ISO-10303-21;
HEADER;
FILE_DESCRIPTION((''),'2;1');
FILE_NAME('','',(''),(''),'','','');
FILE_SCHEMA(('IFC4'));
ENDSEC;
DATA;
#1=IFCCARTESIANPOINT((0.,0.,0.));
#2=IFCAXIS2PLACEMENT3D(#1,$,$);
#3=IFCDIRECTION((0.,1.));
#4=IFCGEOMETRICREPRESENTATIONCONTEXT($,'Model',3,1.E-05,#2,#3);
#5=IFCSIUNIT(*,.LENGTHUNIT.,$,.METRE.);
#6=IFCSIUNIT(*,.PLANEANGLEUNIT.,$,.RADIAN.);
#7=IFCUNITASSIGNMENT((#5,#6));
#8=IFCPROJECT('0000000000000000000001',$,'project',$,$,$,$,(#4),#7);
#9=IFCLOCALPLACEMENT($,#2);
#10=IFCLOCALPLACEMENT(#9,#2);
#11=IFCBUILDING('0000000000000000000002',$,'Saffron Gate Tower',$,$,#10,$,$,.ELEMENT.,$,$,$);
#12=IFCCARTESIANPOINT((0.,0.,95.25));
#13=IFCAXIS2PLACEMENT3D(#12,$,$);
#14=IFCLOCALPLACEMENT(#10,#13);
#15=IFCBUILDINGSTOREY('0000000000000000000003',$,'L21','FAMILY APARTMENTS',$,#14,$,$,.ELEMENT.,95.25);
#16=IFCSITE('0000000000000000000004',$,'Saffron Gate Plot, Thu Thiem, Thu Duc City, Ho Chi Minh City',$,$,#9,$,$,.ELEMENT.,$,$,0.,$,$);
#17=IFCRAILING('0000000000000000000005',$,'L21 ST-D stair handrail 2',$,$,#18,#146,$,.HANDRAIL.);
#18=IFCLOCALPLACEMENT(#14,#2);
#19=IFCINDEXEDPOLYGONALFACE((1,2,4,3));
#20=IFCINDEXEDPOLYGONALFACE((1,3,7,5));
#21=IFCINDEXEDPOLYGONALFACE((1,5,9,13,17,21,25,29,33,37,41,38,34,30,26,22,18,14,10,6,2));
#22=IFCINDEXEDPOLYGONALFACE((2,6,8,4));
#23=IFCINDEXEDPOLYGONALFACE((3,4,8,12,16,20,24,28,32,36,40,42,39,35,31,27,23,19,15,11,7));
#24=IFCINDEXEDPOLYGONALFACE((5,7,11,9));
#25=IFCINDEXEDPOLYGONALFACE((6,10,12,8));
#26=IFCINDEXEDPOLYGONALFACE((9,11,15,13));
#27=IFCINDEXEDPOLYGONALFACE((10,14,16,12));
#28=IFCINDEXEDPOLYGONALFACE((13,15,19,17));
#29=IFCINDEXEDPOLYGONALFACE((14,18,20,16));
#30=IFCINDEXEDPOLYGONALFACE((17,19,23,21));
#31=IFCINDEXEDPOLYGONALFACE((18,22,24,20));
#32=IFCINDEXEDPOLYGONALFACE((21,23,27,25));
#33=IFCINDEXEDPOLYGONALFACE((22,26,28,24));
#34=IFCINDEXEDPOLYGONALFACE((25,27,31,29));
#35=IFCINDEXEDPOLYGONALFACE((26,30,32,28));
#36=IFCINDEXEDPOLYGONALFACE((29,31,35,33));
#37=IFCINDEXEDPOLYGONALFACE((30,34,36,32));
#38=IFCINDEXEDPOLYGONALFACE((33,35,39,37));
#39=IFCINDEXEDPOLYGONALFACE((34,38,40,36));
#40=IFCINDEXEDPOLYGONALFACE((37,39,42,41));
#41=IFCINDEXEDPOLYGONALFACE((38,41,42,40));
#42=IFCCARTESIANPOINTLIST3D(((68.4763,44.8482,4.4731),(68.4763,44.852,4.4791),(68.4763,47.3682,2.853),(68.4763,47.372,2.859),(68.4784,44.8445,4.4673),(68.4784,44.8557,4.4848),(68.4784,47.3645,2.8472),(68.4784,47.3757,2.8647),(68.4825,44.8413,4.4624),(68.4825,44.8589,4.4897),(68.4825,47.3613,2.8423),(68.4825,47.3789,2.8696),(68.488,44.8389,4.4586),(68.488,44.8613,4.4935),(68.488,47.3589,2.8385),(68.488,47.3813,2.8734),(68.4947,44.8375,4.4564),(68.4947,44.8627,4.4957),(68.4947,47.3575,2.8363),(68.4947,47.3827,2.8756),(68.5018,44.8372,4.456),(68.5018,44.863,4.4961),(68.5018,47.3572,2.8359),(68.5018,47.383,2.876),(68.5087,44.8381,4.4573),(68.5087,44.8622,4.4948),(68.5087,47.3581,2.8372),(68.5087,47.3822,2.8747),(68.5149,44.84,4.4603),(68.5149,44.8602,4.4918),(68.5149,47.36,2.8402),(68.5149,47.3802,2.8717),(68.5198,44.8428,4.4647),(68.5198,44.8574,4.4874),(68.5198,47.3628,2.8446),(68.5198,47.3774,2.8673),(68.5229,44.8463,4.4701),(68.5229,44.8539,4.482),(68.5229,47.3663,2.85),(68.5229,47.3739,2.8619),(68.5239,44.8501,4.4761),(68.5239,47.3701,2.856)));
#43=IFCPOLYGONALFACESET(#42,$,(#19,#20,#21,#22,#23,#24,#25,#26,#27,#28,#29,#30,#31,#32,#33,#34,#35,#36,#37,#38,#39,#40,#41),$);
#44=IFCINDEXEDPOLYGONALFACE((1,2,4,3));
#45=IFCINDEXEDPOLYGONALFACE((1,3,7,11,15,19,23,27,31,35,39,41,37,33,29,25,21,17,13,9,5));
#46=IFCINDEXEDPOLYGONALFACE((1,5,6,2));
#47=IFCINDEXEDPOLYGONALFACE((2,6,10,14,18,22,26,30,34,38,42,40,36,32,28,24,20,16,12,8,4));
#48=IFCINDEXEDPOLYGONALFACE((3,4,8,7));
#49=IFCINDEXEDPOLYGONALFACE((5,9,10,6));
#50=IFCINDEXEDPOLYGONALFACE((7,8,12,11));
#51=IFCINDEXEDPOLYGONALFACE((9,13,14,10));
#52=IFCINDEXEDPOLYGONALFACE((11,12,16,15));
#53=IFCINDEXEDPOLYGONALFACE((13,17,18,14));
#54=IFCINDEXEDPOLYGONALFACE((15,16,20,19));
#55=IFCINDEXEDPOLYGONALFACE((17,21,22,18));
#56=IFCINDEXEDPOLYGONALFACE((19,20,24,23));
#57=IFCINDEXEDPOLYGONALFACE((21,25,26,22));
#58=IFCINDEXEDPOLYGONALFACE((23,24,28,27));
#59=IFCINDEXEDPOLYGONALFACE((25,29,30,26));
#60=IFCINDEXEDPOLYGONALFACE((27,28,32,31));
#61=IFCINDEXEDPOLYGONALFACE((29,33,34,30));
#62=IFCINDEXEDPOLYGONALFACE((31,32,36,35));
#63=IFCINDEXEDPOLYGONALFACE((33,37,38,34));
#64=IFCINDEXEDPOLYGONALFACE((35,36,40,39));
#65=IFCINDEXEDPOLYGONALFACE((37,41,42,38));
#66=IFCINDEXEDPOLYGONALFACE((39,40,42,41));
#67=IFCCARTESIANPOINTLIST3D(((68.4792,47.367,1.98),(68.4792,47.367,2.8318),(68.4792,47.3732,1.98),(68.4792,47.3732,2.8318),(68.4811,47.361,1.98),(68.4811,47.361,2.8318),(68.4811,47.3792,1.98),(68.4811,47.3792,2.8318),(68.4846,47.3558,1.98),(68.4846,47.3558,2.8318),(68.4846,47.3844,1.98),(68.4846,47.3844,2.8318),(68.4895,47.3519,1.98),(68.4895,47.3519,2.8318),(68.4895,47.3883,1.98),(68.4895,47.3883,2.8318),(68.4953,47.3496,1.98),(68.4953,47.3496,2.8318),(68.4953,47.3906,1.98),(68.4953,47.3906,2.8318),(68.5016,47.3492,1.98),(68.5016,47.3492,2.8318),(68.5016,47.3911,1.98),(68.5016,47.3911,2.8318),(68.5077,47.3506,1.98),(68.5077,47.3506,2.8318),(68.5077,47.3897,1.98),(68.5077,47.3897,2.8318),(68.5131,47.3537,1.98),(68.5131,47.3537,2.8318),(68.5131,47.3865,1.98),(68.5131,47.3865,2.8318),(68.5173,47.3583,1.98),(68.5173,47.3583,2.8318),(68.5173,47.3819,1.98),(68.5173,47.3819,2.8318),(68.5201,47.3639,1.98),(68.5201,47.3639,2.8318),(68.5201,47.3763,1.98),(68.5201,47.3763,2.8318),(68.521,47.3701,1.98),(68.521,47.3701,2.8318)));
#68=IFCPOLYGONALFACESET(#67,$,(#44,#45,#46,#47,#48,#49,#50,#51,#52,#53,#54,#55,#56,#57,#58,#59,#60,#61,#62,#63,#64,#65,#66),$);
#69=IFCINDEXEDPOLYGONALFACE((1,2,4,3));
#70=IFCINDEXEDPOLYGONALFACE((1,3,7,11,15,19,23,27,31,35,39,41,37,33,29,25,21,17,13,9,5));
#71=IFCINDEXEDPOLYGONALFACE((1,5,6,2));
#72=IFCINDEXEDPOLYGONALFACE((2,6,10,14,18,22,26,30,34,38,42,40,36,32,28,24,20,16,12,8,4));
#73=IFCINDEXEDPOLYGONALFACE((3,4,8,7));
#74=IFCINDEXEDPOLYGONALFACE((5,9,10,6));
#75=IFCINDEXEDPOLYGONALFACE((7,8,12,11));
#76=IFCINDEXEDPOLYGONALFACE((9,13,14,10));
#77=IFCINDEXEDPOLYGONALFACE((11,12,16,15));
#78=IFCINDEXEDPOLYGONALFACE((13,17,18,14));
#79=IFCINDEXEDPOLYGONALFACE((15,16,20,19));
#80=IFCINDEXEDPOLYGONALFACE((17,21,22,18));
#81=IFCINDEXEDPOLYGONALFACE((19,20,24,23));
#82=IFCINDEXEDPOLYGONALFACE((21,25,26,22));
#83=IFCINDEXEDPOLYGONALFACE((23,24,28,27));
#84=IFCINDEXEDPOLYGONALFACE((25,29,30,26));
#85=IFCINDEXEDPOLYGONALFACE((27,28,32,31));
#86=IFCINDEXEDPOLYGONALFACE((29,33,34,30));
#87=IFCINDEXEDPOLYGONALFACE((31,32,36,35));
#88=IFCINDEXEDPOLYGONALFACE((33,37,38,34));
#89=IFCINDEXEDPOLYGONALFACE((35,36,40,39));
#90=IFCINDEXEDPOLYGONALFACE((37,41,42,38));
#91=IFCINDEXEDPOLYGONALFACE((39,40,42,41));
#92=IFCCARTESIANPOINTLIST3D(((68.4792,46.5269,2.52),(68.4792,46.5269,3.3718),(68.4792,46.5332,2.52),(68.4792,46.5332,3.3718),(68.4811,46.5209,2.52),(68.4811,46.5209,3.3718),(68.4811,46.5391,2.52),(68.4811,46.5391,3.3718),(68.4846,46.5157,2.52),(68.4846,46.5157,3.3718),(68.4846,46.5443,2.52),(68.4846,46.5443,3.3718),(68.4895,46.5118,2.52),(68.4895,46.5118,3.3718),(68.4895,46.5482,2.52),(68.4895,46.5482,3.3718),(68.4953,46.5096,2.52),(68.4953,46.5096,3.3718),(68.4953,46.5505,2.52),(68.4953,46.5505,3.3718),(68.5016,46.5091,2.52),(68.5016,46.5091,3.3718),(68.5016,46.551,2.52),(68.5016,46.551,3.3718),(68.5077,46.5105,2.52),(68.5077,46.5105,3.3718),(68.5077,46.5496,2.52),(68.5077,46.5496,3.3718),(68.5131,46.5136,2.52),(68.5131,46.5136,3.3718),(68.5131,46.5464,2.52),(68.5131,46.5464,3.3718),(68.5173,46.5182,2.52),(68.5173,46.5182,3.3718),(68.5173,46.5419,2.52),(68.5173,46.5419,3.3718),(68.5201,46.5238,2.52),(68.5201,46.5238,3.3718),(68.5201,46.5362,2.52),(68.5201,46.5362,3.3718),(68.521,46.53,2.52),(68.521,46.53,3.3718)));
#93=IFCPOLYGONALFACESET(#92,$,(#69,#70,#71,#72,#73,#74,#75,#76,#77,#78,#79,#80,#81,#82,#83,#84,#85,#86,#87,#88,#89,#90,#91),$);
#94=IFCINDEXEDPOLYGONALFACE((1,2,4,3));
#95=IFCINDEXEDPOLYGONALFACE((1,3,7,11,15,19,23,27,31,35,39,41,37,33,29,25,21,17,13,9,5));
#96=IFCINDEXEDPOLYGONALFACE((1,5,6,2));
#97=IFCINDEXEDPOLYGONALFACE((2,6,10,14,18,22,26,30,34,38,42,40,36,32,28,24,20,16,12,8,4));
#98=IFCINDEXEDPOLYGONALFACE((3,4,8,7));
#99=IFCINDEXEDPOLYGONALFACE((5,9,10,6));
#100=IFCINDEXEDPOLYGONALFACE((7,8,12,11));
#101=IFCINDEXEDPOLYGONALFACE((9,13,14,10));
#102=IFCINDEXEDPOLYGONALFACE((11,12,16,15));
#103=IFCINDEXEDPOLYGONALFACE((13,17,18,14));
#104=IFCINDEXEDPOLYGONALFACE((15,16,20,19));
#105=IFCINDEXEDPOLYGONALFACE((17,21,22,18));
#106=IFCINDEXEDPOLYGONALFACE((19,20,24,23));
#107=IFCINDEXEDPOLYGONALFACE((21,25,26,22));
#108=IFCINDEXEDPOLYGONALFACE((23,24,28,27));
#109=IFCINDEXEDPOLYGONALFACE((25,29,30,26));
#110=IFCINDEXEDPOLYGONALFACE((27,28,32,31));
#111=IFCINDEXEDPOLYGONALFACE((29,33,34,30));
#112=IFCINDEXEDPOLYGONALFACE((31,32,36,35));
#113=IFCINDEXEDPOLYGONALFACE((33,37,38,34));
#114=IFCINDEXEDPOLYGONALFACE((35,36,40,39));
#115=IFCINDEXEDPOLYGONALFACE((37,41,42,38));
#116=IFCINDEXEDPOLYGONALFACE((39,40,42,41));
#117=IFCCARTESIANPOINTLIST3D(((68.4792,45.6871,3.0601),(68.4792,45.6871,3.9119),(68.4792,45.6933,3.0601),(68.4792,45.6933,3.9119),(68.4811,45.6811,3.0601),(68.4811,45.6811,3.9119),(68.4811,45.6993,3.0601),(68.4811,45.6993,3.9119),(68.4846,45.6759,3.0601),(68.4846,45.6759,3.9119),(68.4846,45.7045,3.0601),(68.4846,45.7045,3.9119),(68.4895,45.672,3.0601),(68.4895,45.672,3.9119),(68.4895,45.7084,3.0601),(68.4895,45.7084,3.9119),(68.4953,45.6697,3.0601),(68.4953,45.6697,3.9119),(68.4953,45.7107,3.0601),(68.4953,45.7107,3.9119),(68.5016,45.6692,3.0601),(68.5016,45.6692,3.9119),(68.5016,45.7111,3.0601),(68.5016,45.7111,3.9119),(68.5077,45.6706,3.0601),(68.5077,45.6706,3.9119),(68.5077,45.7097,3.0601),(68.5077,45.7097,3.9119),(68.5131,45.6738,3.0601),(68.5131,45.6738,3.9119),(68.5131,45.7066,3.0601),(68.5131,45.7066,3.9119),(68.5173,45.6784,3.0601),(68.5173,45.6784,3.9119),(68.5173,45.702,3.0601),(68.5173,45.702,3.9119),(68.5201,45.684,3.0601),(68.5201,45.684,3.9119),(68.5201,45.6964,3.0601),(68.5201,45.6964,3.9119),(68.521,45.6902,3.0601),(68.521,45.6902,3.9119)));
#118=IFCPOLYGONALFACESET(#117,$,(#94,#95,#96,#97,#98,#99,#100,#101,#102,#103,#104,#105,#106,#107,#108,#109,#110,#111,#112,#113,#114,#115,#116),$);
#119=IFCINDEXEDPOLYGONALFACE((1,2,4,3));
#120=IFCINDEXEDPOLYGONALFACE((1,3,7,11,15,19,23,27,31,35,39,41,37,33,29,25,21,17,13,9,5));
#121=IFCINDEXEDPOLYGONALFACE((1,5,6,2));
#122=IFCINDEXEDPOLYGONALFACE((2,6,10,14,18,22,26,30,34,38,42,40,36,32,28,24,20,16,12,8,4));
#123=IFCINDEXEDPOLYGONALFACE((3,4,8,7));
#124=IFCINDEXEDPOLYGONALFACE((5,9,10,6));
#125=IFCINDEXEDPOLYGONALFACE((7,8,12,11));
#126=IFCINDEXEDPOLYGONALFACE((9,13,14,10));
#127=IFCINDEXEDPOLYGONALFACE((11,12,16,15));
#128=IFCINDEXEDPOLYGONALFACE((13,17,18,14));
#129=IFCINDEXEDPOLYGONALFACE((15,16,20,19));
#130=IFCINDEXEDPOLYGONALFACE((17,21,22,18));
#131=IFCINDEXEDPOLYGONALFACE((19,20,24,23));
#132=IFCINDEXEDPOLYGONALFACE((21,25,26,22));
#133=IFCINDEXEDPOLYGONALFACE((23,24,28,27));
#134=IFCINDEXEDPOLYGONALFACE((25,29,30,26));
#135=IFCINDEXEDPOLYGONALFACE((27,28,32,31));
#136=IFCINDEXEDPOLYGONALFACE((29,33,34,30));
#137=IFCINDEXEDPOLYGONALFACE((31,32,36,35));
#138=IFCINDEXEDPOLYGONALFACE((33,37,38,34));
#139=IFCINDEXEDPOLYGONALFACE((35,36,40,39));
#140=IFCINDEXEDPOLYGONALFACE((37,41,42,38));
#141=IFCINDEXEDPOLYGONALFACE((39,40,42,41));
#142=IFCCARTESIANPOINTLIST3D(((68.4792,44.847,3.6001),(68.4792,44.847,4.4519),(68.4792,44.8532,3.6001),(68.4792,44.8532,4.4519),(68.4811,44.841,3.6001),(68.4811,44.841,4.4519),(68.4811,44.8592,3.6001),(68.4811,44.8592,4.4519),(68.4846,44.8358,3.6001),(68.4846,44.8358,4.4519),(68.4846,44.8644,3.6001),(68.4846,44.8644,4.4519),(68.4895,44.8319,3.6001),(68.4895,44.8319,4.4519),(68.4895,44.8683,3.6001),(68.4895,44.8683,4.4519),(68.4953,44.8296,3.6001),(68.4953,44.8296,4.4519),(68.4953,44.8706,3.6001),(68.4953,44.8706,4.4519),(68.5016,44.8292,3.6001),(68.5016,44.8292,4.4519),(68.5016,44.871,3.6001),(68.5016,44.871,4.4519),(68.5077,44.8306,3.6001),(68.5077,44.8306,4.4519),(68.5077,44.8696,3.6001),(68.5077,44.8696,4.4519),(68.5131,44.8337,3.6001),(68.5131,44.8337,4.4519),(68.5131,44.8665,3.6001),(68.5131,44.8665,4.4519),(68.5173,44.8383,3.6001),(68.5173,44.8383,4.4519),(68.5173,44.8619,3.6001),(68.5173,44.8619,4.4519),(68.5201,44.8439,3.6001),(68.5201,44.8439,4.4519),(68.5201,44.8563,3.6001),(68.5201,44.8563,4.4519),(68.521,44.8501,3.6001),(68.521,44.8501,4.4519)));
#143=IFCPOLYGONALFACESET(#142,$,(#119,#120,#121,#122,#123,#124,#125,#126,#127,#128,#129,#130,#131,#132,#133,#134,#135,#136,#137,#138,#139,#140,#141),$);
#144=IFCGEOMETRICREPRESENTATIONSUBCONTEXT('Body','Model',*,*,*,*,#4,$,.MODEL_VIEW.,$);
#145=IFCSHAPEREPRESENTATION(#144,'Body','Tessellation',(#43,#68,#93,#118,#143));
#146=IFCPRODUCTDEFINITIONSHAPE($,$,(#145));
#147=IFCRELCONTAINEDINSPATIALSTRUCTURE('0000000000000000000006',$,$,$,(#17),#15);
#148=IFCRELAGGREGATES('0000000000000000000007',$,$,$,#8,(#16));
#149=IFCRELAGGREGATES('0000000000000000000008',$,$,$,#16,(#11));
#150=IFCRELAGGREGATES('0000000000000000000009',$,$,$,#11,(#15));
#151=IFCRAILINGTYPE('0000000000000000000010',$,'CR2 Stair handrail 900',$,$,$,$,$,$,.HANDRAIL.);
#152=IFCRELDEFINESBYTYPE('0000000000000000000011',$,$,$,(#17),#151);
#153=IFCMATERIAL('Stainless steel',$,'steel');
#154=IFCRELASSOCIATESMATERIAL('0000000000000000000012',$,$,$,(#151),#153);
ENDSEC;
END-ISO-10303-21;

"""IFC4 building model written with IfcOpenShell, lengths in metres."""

from ifc_helpers import new_model, si_unit, direction, frame, origin, origin_2d, place, context, subcontext, project, spatial, circle, extrude, material, type_object, element, save


model = new_model("IFC4")

# Units and contexts
model_context = context("Model", 3, precision=1e-05, world=origin(), true_north=direction((0.0, 1.0)))
body_context = subcontext(model_context, "Body", "Model", "MODEL_VIEW")
ifc_project = project(units=[si_unit("LENGTHUNIT", "METRE"), si_unit("PLANEANGLEUNIT", "RADIAN")], contexts=[model_context])

# Site, building, storey
site_placement = place(None, origin())
site = spatial("IfcSite", under=ifc_project, at=site_placement, Name="Saffron Gate Plot, Thu Thiem, Thu Duc City, Ho Chi Minh City", CompositionType="ELEMENT", RefElevation=0.0)
building_placement = place(site_placement, origin())
building = spatial("IfcBuilding", under=site, at=building_placement, Name="Saffron Gate Tower", CompositionType="ELEMENT")
storey_placement = place(building_placement, frame((0.0, 0.0, 95.25)))
storey = spatial("IfcBuildingStorey", under=building, at=storey_placement, Name="L21", Description="FAMILY APARTMENTS", CompositionType="ELEMENT", Elevation=95.25)

# Railing
ifc_material_1 = material(Name="Stainless steel", Category="steel")
railing_type_1 = type_object("IfcRailingType", Name="CR2 Stair handrail 900", PredefinedType="HANDRAIL", material=ifc_material_1)
railing_1_placement = place(storey_placement, frame((68.5, 47.3701, 1.98)))
element("IfcRailing", 1, at=railing_1_placement, inside=storey, type_object=railing_type_1, Name="L21 ST-D stair handrail 2", PredefinedType="HANDRAIL", context=body_context, shape_type="SweptSolid", body=[
    extrude(circle(Radius=0.0239, at=origin_2d()), frame((0.0, 0.0, 0.876), z_axis=(0.0, -0.841163, 0.540782), x_axis=(1.0, 0.0, 0.0)), (0.0, 0.0, 1.0), 2.9958),
    extrude(circle(Radius=0.021, at=origin_2d()), origin(), (0.0, 0.0, 1.0), 0.8518),
    extrude(circle(Radius=0.021, at=origin_2d()), frame((0.0, -0.8401, 0.54)), (0.0, 0.0, 1.0), 0.8518),
    extrude(circle(Radius=0.021, at=origin_2d()), frame((0.0, -1.6799, 1.0801)), (0.0, 0.0, 1.0), 0.8518),
    extrude(circle(Radius=0.021, at=origin_2d()), frame((0.0, -2.52, 1.6201)), (0.0, 0.0, 1.0), 0.8518),
])

save(model, "model.ifc")
